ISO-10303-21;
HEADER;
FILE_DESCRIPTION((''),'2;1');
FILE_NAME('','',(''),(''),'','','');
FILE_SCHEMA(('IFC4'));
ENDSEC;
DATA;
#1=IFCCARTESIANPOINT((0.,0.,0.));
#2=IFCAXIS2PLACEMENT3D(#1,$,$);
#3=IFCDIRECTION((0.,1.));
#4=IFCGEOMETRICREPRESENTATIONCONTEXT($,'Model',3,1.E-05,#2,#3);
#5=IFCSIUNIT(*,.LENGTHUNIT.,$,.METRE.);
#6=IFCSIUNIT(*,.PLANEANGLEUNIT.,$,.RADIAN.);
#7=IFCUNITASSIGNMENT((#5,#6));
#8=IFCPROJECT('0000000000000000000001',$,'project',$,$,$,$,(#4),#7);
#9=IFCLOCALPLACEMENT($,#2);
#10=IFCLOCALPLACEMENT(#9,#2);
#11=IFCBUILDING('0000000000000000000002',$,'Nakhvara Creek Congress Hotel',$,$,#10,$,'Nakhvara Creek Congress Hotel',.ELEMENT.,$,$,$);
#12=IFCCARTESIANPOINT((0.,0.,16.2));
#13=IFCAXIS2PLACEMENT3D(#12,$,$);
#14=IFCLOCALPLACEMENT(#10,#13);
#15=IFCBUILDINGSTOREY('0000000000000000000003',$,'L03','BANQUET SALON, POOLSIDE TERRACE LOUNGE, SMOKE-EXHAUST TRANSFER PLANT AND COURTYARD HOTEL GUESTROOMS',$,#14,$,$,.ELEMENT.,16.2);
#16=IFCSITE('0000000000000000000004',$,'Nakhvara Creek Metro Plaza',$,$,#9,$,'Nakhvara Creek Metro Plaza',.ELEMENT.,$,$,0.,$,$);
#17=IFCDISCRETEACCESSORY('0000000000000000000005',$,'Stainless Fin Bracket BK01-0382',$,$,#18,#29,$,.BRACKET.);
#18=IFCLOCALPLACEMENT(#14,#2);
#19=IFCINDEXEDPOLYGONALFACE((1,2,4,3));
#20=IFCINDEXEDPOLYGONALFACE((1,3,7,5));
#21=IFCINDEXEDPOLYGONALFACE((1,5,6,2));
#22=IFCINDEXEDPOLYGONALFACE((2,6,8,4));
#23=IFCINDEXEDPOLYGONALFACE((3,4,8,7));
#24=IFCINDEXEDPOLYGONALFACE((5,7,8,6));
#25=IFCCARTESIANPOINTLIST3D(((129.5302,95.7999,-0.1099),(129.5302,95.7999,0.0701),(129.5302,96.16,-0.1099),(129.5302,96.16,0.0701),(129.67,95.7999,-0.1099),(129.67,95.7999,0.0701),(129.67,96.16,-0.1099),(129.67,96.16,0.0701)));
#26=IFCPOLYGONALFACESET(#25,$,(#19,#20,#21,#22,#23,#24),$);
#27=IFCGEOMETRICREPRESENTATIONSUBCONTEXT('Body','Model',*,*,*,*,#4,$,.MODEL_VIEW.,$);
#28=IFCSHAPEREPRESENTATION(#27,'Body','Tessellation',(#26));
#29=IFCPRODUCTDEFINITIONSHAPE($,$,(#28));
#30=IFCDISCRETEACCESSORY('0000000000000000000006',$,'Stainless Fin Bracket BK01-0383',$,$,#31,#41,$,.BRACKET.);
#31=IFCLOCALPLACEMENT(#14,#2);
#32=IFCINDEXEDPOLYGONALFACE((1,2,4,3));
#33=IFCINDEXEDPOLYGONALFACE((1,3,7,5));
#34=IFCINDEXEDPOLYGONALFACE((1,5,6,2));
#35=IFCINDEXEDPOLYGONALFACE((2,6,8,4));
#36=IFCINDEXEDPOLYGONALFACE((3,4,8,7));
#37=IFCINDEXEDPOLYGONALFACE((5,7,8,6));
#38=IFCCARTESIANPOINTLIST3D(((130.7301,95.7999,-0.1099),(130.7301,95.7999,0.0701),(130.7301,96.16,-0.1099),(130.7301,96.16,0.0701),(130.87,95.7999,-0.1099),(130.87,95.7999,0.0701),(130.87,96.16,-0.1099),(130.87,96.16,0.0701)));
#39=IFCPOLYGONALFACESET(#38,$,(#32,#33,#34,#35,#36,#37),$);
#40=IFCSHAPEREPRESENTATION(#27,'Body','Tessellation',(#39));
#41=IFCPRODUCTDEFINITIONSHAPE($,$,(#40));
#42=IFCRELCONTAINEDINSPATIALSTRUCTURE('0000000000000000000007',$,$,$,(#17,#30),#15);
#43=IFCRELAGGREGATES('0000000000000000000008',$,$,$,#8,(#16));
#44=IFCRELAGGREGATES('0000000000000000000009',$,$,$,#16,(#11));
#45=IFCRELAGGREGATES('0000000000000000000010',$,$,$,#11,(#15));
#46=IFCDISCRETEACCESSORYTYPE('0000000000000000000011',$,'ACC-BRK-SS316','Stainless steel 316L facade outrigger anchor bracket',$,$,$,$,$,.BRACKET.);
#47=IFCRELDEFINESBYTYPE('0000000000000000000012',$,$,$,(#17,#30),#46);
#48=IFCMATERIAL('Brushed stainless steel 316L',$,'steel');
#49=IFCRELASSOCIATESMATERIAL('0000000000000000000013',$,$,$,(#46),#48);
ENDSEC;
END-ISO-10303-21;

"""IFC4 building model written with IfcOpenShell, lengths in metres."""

from ifc_helpers import new_model, si_unit, direction, frame, origin, origin_2d, place, context, subcontext, project, spatial, rectangle, extrude, material, type_object, element, save


model = new_model("IFC4")

# Units and contexts
model_context = context("Model", 3, precision=1e-05, world=origin(), true_north=direction((0.0, 1.0)))
body_context = subcontext(model_context, "Body", "Model", "MODEL_VIEW")
ifc_project = project(units=[si_unit("LENGTHUNIT", "METRE"), si_unit("PLANEANGLEUNIT", "RADIAN")], contexts=[model_context])

# Site, building, storey
site_placement = place(None, origin())
site = spatial("IfcSite", under=ifc_project, at=site_placement, Name="Nakhvara Creek Metro Plaza", LongName="Nakhvara Creek Metro Plaza", CompositionType="ELEMENT", RefElevation=0.0)
building_placement = place(site_placement, origin())
building = spatial("IfcBuilding", under=site, at=building_placement, Name="Nakhvara Creek Congress Hotel", LongName="Nakhvara Creek Congress Hotel", CompositionType="ELEMENT")
storey_placement = place(building_placement, frame((0.0, 0.0, 16.2)))
storey = spatial("IfcBuildingStorey", under=building, at=storey_placement, Name="L03", Description="BANQUET SALON, POOLSIDE TERRACE LOUNGE, SMOKE-EXHAUST TRANSFER PLANT AND COURTYARD HOTEL GUESTROOMS", CompositionType="ELEMENT", Elevation=16.2)

# Discrete accessories
ifc_material_1 = material(Name="Brushed stainless steel 316L", Category="steel")
discrete_accessory_type = type_object("IfcDiscreteAccessoryType", Name="ACC-BRK-SS316", Description="Stainless steel 316L facade outrigger anchor bracket", PredefinedType="BRACKET", material=ifc_material_1)
for number, where, z_axis, x_axis, name in (
    (1, (129.6001, 95.98, -0.1099), (0.0, 0.0, 1.0), (1.0, 0.0, 0.0), "Stainless Fin Bracket BK01-0382"),
    (2, (130.8, 95.98, -0.1099), (0.0, 0.0, 1.0), (1.0, 0.0, 0.0), "Stainless Fin Bracket BK01-0383"),
):
    element("IfcDiscreteAccessory", number, at=place(storey_placement, frame(where, z_axis=z_axis, x_axis=x_axis)), inside=storey, type_object=discrete_accessory_type, Name=name, PredefinedType="BRACKET", context=body_context, shape_type="SweptSolid", body=[
        extrude(rectangle(XDim=0.1399, YDim=0.3601, at=origin_2d()), origin(), (0.0, 0.0, 1.0), 0.1799),
    ])

save(model, "model.ifc")
